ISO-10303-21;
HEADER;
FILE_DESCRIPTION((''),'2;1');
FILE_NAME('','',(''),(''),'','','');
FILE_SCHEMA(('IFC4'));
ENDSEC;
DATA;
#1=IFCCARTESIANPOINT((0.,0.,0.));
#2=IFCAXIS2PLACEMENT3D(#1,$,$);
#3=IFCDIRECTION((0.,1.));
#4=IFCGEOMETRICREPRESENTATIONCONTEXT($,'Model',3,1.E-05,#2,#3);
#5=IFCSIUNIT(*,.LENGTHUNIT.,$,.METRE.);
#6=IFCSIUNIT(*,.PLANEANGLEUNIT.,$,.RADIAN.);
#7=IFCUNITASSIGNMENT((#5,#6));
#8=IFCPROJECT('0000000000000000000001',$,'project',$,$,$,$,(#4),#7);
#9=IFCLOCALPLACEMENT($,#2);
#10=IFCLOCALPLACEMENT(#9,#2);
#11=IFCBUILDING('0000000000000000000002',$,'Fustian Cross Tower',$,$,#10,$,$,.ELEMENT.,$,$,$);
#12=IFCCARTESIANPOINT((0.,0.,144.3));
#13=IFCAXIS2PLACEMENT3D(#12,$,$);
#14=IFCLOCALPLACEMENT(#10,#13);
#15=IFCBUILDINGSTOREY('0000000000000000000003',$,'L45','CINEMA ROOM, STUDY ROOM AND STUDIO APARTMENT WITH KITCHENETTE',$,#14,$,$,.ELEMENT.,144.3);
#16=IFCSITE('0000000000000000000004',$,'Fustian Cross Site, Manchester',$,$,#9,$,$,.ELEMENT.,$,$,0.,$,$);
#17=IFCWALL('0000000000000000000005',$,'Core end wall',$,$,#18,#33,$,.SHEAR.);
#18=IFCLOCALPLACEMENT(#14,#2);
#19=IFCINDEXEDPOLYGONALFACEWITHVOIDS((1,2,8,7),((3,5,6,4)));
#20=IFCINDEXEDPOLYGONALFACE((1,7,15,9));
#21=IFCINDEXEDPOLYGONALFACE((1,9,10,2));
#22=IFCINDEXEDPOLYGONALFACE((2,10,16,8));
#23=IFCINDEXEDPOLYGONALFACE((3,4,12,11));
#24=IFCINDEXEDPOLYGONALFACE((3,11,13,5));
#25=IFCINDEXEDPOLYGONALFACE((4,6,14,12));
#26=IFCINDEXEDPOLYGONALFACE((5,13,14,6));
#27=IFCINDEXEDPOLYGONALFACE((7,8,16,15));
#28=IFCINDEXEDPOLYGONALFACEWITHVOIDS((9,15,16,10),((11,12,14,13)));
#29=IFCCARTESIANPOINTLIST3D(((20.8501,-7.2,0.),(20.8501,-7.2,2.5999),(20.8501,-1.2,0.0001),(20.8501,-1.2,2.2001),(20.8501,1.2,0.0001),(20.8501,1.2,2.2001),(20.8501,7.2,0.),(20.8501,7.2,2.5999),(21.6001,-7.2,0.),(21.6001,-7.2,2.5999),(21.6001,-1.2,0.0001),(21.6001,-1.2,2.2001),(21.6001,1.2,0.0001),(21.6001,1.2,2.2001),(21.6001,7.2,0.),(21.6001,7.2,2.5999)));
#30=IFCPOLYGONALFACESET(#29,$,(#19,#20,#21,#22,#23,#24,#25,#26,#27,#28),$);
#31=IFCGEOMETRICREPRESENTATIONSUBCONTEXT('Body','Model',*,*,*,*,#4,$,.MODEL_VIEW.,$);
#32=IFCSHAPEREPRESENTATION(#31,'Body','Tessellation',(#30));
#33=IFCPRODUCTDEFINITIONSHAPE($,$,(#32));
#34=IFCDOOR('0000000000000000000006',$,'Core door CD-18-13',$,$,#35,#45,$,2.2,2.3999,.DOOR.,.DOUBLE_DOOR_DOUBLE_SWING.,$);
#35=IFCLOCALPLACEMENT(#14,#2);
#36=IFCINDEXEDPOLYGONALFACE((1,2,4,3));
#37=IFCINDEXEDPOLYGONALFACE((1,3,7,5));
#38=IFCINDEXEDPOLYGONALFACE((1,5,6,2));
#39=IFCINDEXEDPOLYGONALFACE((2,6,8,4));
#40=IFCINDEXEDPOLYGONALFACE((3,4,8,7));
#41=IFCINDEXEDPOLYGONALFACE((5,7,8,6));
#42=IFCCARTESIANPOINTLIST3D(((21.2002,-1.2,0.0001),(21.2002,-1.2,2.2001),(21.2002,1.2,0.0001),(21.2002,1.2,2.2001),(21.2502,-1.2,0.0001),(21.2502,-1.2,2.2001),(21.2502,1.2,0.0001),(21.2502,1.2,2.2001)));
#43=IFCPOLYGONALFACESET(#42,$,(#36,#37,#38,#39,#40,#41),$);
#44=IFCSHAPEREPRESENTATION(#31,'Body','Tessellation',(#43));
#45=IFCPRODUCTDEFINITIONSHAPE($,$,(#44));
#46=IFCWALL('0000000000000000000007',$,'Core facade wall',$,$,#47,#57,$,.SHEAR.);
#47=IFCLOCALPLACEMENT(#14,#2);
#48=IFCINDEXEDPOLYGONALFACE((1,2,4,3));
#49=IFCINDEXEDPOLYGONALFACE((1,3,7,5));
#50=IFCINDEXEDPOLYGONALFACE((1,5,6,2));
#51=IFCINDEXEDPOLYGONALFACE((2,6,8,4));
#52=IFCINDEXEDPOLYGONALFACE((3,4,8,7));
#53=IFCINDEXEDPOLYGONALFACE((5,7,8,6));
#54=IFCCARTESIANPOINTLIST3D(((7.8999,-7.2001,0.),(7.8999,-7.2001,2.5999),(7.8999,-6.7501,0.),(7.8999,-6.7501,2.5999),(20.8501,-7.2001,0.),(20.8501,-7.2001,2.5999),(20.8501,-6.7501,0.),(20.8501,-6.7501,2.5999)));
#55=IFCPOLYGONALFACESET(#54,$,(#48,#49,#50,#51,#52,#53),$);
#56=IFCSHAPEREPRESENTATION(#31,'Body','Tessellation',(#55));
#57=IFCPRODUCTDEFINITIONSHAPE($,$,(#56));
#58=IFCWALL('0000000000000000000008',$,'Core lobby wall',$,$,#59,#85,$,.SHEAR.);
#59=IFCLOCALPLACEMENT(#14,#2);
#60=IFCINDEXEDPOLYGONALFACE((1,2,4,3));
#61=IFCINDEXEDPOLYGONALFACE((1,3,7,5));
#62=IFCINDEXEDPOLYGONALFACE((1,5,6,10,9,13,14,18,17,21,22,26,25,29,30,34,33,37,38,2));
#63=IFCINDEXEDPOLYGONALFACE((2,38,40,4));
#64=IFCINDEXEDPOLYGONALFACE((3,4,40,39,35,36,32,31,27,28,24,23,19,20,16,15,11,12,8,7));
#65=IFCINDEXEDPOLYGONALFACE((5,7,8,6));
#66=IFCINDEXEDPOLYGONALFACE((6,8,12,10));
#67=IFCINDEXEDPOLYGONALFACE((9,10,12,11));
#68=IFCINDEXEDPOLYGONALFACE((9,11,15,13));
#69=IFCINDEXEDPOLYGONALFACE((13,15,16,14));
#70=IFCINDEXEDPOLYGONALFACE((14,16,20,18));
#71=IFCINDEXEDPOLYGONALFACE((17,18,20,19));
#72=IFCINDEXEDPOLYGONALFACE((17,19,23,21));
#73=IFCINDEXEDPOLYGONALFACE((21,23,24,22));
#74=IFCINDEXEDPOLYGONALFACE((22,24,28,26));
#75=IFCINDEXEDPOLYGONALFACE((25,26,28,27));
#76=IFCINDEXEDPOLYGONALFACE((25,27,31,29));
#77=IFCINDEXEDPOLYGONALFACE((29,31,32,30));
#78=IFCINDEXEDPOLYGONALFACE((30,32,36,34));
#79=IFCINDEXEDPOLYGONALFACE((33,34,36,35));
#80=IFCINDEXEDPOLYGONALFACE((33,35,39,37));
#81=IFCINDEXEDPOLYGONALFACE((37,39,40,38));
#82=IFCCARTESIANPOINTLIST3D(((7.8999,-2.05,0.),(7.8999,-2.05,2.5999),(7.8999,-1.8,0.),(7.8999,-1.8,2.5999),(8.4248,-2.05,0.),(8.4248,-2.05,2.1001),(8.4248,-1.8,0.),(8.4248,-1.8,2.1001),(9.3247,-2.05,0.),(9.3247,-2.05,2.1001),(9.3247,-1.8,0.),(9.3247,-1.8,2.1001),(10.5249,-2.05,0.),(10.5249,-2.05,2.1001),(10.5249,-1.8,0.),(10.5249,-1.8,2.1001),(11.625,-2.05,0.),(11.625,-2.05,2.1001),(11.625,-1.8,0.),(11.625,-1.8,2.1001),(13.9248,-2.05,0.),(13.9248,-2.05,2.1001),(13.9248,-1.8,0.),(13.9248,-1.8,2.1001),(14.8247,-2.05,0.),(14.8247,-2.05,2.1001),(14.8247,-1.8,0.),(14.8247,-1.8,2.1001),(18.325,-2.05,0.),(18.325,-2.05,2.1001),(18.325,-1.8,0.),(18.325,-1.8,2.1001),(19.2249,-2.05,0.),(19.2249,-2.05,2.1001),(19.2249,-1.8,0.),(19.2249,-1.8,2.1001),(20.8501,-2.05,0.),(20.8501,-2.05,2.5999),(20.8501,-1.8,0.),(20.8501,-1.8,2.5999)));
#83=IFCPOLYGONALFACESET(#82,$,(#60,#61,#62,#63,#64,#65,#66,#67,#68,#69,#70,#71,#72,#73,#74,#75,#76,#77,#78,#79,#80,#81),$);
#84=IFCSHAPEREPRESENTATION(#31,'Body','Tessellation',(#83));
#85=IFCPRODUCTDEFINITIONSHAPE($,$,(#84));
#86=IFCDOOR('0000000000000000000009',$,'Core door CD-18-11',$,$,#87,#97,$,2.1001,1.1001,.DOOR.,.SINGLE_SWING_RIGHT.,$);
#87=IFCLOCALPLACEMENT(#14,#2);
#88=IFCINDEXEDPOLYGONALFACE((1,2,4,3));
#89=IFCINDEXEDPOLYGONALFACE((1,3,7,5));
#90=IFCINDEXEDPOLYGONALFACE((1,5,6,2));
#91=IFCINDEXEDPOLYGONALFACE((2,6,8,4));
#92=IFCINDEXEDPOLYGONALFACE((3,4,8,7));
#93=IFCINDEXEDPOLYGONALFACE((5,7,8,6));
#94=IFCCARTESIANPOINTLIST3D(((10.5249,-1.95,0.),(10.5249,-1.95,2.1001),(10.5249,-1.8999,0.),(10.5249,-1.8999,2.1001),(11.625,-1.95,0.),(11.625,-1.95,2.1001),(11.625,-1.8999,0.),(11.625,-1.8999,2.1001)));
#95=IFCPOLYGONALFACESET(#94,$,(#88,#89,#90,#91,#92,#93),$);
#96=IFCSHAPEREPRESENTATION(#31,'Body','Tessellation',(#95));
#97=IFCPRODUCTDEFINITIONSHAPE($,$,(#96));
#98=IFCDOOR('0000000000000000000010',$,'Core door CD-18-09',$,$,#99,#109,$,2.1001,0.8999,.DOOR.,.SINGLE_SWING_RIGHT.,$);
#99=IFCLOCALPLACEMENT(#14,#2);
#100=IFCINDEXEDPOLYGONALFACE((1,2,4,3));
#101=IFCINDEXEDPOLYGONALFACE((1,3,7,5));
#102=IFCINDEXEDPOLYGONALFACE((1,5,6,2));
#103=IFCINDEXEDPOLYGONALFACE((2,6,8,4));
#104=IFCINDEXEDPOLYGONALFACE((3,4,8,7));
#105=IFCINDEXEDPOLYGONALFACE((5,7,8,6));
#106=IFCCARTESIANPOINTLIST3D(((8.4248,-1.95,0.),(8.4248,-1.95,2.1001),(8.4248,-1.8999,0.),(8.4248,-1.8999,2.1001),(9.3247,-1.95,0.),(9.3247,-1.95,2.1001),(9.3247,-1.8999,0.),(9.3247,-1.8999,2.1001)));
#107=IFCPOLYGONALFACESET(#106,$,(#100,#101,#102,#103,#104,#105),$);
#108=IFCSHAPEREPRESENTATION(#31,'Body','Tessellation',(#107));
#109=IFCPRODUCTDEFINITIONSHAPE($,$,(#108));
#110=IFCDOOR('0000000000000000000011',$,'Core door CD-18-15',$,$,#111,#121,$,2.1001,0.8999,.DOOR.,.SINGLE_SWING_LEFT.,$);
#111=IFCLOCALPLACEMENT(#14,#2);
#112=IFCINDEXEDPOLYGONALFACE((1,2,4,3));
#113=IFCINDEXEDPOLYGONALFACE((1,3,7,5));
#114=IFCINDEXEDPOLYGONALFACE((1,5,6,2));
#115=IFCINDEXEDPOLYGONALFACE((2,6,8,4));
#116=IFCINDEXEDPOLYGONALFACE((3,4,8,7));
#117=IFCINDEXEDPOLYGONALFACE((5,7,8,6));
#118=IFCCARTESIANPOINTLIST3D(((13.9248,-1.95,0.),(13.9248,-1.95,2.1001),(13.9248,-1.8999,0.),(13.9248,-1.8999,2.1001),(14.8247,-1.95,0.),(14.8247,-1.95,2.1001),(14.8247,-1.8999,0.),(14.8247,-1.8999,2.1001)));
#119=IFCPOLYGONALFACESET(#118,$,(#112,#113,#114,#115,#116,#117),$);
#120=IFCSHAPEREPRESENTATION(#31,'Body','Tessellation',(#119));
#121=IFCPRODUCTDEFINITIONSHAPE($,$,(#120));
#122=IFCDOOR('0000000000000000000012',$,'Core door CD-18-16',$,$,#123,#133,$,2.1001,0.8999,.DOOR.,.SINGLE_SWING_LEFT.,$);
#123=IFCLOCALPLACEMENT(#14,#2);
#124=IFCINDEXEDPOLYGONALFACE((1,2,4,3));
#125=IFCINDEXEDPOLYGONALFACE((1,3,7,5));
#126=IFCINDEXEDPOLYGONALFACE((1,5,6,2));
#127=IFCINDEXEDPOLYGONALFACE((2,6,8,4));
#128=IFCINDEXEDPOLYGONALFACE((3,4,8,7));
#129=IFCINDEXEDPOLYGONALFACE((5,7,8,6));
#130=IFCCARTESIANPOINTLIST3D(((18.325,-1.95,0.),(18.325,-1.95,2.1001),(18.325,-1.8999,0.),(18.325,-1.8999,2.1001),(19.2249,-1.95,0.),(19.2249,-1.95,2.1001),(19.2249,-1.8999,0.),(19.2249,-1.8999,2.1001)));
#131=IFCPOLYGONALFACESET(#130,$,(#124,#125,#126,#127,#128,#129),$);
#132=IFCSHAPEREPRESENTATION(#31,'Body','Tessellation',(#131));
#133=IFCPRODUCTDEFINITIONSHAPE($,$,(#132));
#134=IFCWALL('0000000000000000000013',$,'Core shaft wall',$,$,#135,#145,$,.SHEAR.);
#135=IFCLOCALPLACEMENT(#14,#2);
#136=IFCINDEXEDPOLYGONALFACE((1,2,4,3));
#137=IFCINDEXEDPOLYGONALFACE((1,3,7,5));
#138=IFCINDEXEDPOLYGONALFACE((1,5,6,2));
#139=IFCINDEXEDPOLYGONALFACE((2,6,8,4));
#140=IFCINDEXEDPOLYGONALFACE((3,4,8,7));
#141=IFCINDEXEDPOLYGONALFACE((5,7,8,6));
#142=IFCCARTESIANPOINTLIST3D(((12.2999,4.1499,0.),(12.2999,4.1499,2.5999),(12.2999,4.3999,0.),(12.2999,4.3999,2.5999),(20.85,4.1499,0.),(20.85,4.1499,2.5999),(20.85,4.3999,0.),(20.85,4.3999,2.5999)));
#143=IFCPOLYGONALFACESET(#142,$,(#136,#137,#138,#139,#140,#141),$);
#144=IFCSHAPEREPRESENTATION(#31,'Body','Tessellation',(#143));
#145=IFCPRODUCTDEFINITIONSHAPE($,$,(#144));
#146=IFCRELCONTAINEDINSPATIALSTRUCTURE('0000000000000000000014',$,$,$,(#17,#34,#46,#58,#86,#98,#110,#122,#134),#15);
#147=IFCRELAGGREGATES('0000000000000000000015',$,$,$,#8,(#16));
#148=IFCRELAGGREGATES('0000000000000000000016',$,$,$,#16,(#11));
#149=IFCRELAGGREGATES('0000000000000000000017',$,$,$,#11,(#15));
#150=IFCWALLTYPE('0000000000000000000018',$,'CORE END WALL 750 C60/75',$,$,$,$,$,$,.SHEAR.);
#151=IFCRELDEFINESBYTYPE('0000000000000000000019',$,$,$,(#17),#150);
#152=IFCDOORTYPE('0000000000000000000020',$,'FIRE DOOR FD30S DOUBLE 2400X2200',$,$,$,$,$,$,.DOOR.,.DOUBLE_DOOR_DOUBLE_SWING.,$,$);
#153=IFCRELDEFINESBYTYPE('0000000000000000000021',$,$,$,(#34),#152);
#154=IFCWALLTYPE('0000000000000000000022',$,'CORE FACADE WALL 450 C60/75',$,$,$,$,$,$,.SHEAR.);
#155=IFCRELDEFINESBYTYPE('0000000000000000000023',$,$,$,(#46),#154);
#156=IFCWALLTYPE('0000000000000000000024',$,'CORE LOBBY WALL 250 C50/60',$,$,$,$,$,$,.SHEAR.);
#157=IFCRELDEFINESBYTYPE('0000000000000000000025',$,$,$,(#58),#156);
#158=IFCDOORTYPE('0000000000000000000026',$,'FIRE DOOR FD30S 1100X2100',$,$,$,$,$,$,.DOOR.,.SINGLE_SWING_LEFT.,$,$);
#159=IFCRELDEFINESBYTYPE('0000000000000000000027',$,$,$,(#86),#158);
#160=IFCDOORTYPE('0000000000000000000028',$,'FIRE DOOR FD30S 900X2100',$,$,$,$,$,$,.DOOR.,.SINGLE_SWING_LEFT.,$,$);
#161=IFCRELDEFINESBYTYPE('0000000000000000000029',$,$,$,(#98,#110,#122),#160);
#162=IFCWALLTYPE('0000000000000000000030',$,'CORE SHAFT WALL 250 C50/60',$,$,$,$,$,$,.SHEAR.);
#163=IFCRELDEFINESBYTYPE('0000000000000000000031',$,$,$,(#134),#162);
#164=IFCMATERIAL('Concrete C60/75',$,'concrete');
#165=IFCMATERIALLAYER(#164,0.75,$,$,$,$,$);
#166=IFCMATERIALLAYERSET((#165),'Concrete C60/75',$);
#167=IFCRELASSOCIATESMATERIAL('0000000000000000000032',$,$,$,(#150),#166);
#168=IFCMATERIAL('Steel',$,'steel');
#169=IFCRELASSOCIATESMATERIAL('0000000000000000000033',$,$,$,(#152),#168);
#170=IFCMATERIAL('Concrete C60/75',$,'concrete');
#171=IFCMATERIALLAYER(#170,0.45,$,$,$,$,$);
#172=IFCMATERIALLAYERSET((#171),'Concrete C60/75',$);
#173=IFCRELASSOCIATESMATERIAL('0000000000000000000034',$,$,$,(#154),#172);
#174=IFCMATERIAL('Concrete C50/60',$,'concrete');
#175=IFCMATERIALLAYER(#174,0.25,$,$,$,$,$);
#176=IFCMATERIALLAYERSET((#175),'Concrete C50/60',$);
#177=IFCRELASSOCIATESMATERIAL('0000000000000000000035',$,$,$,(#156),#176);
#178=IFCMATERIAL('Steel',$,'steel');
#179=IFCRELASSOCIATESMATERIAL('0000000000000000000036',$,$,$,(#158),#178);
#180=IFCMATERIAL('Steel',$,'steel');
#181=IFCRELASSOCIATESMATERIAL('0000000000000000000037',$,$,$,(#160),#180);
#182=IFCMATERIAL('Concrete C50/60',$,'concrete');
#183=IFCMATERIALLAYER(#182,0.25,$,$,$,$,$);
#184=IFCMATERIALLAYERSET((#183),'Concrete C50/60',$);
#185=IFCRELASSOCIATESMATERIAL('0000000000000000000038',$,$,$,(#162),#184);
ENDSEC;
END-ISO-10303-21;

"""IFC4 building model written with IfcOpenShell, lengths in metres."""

from ifc_helpers import new_model, si_unit, direction, frame, frame_2d, origin, place, context, subcontext, project, spatial, rectangle, extrude, material, layer, layer_set, type_object, element, fill, save


model = new_model("IFC4")

# Units and contexts
model_context = context("Model", 3, precision=1e-05, world=origin(), true_north=direction((0.0, 1.0)))
body_context = subcontext(model_context, "Body", "Model", "MODEL_VIEW")
ifc_project = project(units=[si_unit("LENGTHUNIT", "METRE"), si_unit("PLANEANGLEUNIT", "RADIAN")], contexts=[model_context])

# Site, building, storey
site_placement = place(None, origin())
site = spatial("IfcSite", under=ifc_project, at=site_placement, Name="Fustian Cross Site, Manchester", CompositionType="ELEMENT", RefElevation=0.0)
building_placement = place(site_placement, origin())
building = spatial("IfcBuilding", under=site, at=building_placement, Name="Fustian Cross Tower", CompositionType="ELEMENT")
storey_placement = place(building_placement, frame((0.0, 0.0, 144.3)))
storey = spatial("IfcBuildingStorey", under=building, at=storey_placement, Name="L45", Description="CINEMA ROOM, STUDY ROOM AND STUDIO APARTMENT WITH KITCHENETTE", CompositionType="ELEMENT", Elevation=144.3)

# Wall, opening, door
ifc_material_1 = material(Name="Concrete C60/75", Category="concrete")
ifc_layer_1 = layer(ifc_material_1, 0.75)
ifc_layer_set_1 = layer_set([ifc_layer_1], Name="Concrete C60/75")
wall_type_1 = type_object("IfcWallType", Name="CORE END WALL 750 C60/75", PredefinedType="SHEAR", material=ifc_layer_set_1)
wall_1_placement = place(storey_placement, frame((21.2251, -7.2, 0.0), z_axis=(0.0, 0.0, 1.0), x_axis=(0.0, 1.0, 0.0)))
wall_1 = element("IfcWall", 1, at=wall_1_placement, inside=storey, type_object=wall_type_1, Name="Core end wall", PredefinedType="SHEAR", context=body_context, shape_type="SweptSolid", body=[
    extrude(rectangle(XDim=14.3999, YDim=0.75, at=frame_2d((7.2, 0.0))), origin(), (0.0, 0.0, 1.0), 2.5999),
])
opening_1_placement = place(wall_1_placement, frame((6.0, 0.0, 0.0)))
opening_1 = element("IfcOpeningElement", 2, at=opening_1_placement, cuts=wall_1, PredefinedType="OPENING", context=body_context, shape_type="SweptSolid", body=[
    extrude(rectangle(XDim=2.3999, YDim=2.2, at=frame_2d((1.2, 1.1001))), frame((0.0, 0.385, 0.0), z_axis=(0.0, -1.0, 0.0), x_axis=(1.0, 0.0, 0.0)), (0.0, 0.0, 1.0), 0.77),
])
ifc_material_2 = material(Name="Steel", Category="steel")
door_type_1 = type_object("IfcDoorType", Name="FIRE DOOR FD30S DOUBLE 2400X2200", OperationType="DOUBLE_DOOR_DOUBLE_SWING", PredefinedType="DOOR", material=ifc_material_2)
door_1_placement = place(opening_1_placement, origin())
door_1 = element("IfcDoor", 3, at=door_1_placement, inside=storey, type_object=door_type_1, Name="Core door CD-18-13", OperationType="DOUBLE_DOOR_DOUBLE_SWING", OverallHeight=2.2, OverallWidth=2.3999, PredefinedType="DOOR", context=body_context, shape_type="SweptSolid", body=[
    extrude(rectangle(XDim=2.3999, YDim=2.2, at=frame_2d((1.2, 1.1001))), frame((0.0, 0.0249, 0.0), z_axis=(0.0, -1.0, 0.0), x_axis=(1.0, 0.0, 0.0)), (0.0, 0.0, 1.0), 0.05),
])
fill(opening_1, door_1)

# Wall
ifc_material_3 = material(Name="Concrete C60/75", Category="concrete")
ifc_layer_2 = layer(ifc_material_3, 0.45)
ifc_layer_set_2 = layer_set([ifc_layer_2], Name="Concrete C60/75")
wall_type_2 = type_object("IfcWallType", Name="CORE FACADE WALL 450 C60/75", PredefinedType="SHEAR", material=ifc_layer_set_2)
wall_2_placement = place(storey_placement, frame((7.8999, -6.9751, 0.0), z_axis=(0.0, 0.0, 1.0), x_axis=(1.0, 0.0, 0.0)))
element("IfcWall", 4, at=wall_2_placement, inside=storey, type_object=wall_type_2, Name="Core facade wall", PredefinedType="SHEAR", context=body_context, shape_type="SweptSolid", body=[
    extrude(rectangle(XDim=12.9502, YDim=0.45, at=frame_2d((6.4751, 0.0))), origin(), (0.0, 0.0, 1.0), 2.5999),
])

# Wall, openings, doors
ifc_material_4 = material(Name="Concrete C50/60", Category="concrete")
ifc_layer_3 = layer(ifc_material_4, 0.25)
ifc_layer_set_3 = layer_set([ifc_layer_3], Name="Concrete C50/60")
wall_type_3 = type_object("IfcWallType", Name="CORE LOBBY WALL 250 C50/60", PredefinedType="SHEAR", material=ifc_layer_set_3)
wall_3_placement = place(storey_placement, frame((7.8999, -1.925, 0.0), z_axis=(0.0, 0.0, 1.0), x_axis=(1.0, 0.0, 0.0)))
wall_3 = element("IfcWall", 5, at=wall_3_placement, inside=storey, type_object=wall_type_3, Name="Core lobby wall", PredefinedType="SHEAR", context=body_context, shape_type="SweptSolid", body=[
    extrude(rectangle(XDim=12.9502, YDim=0.25, at=frame_2d((6.4751, 0.0))), origin(), (0.0, 0.0, 1.0), 2.5999),
])
opening_2_placement = place(wall_3_placement, frame((0.5249, 0.0, 0.0)))
opening_2 = element("IfcOpeningElement", 6, at=opening_2_placement, cuts=wall_3, PredefinedType="OPENING", context=body_context, shape_type="SweptSolid", body=[
    extrude(rectangle(XDim=0.8999, YDim=2.1001, at=frame_2d((0.45, 1.05))), frame((0.0, 0.135, 0.0), z_axis=(0.0, -1.0, 0.0), x_axis=(1.0, 0.0, 0.0)), (0.0, 0.0, 1.0), 0.27),
])
opening_3_placement = place(wall_3_placement, frame((2.625, 0.0, 0.0)))
opening_3 = element("IfcOpeningElement", 7, at=opening_3_placement, cuts=wall_3, PredefinedType="OPENING", context=body_context, shape_type="SweptSolid", body=[
    extrude(rectangle(XDim=1.1001, YDim=2.1001, at=frame_2d((0.55, 1.05))), frame((0.0, 0.135, 0.0), z_axis=(0.0, -1.0, 0.0), x_axis=(1.0, 0.0, 0.0)), (0.0, 0.0, 1.0), 0.27),
])
opening_4_placement = place(wall_3_placement, frame((6.0249, 0.0, 0.0)))
opening_4 = element("IfcOpeningElement", 8, at=opening_4_placement, cuts=wall_3, PredefinedType="OPENING", context=body_context, shape_type="SweptSolid", body=[
    extrude(rectangle(XDim=0.8999, YDim=2.1001, at=frame_2d((0.45, 1.05))), frame((0.0, 0.135, 0.0), z_axis=(0.0, -1.0, 0.0), x_axis=(1.0, 0.0, 0.0)), (0.0, 0.0, 1.0), 0.27),
])
opening_5_placement = place(wall_3_placement, frame((10.425, 0.0, 0.0)))
opening_5 = element("IfcOpeningElement", 9, at=opening_5_placement, cuts=wall_3, PredefinedType="OPENING", context=body_context, shape_type="SweptSolid", body=[
    extrude(rectangle(XDim=0.8999, YDim=2.1001, at=frame_2d((0.45, 1.05))), frame((0.0, 0.135, 0.0), z_axis=(0.0, -1.0, 0.0), x_axis=(1.0, 0.0, 0.0)), (0.0, 0.0, 1.0), 0.27),
])
ifc_material_5 = material(Name="Steel", Category="steel")
door_type_2 = type_object("IfcDoorType", Name="FIRE DOOR FD30S 1100X2100", OperationType="SINGLE_SWING_LEFT", PredefinedType="DOOR", material=ifc_material_5)
door_2_placement = place(opening_3_placement, frame((1.1001, 0.0, 0.0), z_axis=(0.0, 0.0, 1.0), x_axis=(-1.0, 0.0, 0.0)))
door_2 = element("IfcDoor", 10, at=door_2_placement, inside=storey, type_object=door_type_2, Name="Core door CD-18-11", OperationType="SINGLE_SWING_RIGHT", OverallHeight=2.1001, OverallWidth=1.1001, PredefinedType="DOOR", context=body_context, shape_type="SweptSolid", body=[
    extrude(rectangle(XDim=1.1001, YDim=2.1001, at=frame_2d((0.55, 1.05))), frame((0.0, 0.0249, 0.0), z_axis=(0.0, -1.0, 0.0), x_axis=(1.0, 0.0, 0.0)), (0.0, 0.0, 1.0), 0.05),
])
fill(opening_3, door_2)
ifc_material_6 = material(Name="Steel", Category="steel")
door_type_3 = type_object("IfcDoorType", Name="FIRE DOOR FD30S 900X2100", OperationType="SINGLE_SWING_LEFT", PredefinedType="DOOR", material=ifc_material_6)
door_3_placement = place(opening_2_placement, frame((0.8999, 0.0, 0.0), z_axis=(0.0, 0.0, 1.0), x_axis=(-1.0, 0.0, 0.0)))
door_3 = element("IfcDoor", 11, at=door_3_placement, inside=storey, type_object=door_type_3, Name="Core door CD-18-09", OperationType="SINGLE_SWING_RIGHT", OverallHeight=2.1001, OverallWidth=0.8999, PredefinedType="DOOR", context=body_context, shape_type="SweptSolid", body=[
    extrude(rectangle(XDim=0.8999, YDim=2.1001, at=frame_2d((0.45, 1.05))), frame((0.0, 0.0249, 0.0), z_axis=(0.0, -1.0, 0.0), x_axis=(1.0, 0.0, 0.0)), (0.0, 0.0, 1.0), 0.05),
])
fill(opening_2, door_3)
door_4_placement = place(opening_4_placement, frame((0.8999, 0.0, 0.0), z_axis=(0.0, 0.0, 1.0), x_axis=(-1.0, 0.0, 0.0)))
door_4 = element("IfcDoor", 12, at=door_4_placement, inside=storey, type_object=door_type_3, Name="Core door CD-18-15", OperationType="SINGLE_SWING_LEFT", OverallHeight=2.1001, OverallWidth=0.8999, PredefinedType="DOOR", context=body_context, shape_type="SweptSolid", body=[
    extrude(rectangle(XDim=0.8999, YDim=2.1001, at=frame_2d((0.45, 1.05))), frame((0.0, 0.0249, 0.0), z_axis=(0.0, -1.0, 0.0), x_axis=(1.0, 0.0, 0.0)), (0.0, 0.0, 1.0), 0.05),
])
fill(opening_4, door_4)
door_5_placement = place(opening_5_placement, frame((0.8999, 0.0, 0.0), z_axis=(0.0, 0.0, 1.0), x_axis=(-1.0, 0.0, 0.0)))
door_5 = element("IfcDoor", 13, at=door_5_placement, inside=storey, type_object=door_type_3, Name="Core door CD-18-16", OperationType="SINGLE_SWING_LEFT", OverallHeight=2.1001, OverallWidth=0.8999, PredefinedType="DOOR", context=body_context, shape_type="SweptSolid", body=[
    extrude(rectangle(XDim=0.8999, YDim=2.1001, at=frame_2d((0.45, 1.05))), frame((0.0, 0.0249, 0.0), z_axis=(0.0, -1.0, 0.0), x_axis=(1.0, 0.0, 0.0)), (0.0, 0.0, 1.0), 0.05),
])
fill(opening_5, door_5)

# Wall
ifc_material_7 = material(Name="Concrete C50/60", Category="concrete")
ifc_layer_4 = layer(ifc_material_7, 0.25)
ifc_layer_set_4 = layer_set([ifc_layer_4], Name="Concrete C50/60")
wall_type_4 = type_object("IfcWallType", Name="CORE SHAFT WALL 250 C50/60", PredefinedType="SHEAR", material=ifc_layer_set_4)
wall_4_placement = place(storey_placement, frame((12.3, 4.2749, 0.0), z_axis=(0.0, 0.0, 1.0), x_axis=(1.0, 0.0, 0.0)))
element("IfcWall", 14, at=wall_4_placement, inside=storey, type_object=wall_type_4, Name="Core shaft wall", PredefinedType="SHEAR", context=body_context, shape_type="SweptSolid", body=[
    extrude(rectangle(XDim=8.55, YDim=0.25, at=frame_2d((4.2749, 0.0))), origin(), (0.0, 0.0, 1.0), 2.5999),
])

save(model, "model.ifc")
